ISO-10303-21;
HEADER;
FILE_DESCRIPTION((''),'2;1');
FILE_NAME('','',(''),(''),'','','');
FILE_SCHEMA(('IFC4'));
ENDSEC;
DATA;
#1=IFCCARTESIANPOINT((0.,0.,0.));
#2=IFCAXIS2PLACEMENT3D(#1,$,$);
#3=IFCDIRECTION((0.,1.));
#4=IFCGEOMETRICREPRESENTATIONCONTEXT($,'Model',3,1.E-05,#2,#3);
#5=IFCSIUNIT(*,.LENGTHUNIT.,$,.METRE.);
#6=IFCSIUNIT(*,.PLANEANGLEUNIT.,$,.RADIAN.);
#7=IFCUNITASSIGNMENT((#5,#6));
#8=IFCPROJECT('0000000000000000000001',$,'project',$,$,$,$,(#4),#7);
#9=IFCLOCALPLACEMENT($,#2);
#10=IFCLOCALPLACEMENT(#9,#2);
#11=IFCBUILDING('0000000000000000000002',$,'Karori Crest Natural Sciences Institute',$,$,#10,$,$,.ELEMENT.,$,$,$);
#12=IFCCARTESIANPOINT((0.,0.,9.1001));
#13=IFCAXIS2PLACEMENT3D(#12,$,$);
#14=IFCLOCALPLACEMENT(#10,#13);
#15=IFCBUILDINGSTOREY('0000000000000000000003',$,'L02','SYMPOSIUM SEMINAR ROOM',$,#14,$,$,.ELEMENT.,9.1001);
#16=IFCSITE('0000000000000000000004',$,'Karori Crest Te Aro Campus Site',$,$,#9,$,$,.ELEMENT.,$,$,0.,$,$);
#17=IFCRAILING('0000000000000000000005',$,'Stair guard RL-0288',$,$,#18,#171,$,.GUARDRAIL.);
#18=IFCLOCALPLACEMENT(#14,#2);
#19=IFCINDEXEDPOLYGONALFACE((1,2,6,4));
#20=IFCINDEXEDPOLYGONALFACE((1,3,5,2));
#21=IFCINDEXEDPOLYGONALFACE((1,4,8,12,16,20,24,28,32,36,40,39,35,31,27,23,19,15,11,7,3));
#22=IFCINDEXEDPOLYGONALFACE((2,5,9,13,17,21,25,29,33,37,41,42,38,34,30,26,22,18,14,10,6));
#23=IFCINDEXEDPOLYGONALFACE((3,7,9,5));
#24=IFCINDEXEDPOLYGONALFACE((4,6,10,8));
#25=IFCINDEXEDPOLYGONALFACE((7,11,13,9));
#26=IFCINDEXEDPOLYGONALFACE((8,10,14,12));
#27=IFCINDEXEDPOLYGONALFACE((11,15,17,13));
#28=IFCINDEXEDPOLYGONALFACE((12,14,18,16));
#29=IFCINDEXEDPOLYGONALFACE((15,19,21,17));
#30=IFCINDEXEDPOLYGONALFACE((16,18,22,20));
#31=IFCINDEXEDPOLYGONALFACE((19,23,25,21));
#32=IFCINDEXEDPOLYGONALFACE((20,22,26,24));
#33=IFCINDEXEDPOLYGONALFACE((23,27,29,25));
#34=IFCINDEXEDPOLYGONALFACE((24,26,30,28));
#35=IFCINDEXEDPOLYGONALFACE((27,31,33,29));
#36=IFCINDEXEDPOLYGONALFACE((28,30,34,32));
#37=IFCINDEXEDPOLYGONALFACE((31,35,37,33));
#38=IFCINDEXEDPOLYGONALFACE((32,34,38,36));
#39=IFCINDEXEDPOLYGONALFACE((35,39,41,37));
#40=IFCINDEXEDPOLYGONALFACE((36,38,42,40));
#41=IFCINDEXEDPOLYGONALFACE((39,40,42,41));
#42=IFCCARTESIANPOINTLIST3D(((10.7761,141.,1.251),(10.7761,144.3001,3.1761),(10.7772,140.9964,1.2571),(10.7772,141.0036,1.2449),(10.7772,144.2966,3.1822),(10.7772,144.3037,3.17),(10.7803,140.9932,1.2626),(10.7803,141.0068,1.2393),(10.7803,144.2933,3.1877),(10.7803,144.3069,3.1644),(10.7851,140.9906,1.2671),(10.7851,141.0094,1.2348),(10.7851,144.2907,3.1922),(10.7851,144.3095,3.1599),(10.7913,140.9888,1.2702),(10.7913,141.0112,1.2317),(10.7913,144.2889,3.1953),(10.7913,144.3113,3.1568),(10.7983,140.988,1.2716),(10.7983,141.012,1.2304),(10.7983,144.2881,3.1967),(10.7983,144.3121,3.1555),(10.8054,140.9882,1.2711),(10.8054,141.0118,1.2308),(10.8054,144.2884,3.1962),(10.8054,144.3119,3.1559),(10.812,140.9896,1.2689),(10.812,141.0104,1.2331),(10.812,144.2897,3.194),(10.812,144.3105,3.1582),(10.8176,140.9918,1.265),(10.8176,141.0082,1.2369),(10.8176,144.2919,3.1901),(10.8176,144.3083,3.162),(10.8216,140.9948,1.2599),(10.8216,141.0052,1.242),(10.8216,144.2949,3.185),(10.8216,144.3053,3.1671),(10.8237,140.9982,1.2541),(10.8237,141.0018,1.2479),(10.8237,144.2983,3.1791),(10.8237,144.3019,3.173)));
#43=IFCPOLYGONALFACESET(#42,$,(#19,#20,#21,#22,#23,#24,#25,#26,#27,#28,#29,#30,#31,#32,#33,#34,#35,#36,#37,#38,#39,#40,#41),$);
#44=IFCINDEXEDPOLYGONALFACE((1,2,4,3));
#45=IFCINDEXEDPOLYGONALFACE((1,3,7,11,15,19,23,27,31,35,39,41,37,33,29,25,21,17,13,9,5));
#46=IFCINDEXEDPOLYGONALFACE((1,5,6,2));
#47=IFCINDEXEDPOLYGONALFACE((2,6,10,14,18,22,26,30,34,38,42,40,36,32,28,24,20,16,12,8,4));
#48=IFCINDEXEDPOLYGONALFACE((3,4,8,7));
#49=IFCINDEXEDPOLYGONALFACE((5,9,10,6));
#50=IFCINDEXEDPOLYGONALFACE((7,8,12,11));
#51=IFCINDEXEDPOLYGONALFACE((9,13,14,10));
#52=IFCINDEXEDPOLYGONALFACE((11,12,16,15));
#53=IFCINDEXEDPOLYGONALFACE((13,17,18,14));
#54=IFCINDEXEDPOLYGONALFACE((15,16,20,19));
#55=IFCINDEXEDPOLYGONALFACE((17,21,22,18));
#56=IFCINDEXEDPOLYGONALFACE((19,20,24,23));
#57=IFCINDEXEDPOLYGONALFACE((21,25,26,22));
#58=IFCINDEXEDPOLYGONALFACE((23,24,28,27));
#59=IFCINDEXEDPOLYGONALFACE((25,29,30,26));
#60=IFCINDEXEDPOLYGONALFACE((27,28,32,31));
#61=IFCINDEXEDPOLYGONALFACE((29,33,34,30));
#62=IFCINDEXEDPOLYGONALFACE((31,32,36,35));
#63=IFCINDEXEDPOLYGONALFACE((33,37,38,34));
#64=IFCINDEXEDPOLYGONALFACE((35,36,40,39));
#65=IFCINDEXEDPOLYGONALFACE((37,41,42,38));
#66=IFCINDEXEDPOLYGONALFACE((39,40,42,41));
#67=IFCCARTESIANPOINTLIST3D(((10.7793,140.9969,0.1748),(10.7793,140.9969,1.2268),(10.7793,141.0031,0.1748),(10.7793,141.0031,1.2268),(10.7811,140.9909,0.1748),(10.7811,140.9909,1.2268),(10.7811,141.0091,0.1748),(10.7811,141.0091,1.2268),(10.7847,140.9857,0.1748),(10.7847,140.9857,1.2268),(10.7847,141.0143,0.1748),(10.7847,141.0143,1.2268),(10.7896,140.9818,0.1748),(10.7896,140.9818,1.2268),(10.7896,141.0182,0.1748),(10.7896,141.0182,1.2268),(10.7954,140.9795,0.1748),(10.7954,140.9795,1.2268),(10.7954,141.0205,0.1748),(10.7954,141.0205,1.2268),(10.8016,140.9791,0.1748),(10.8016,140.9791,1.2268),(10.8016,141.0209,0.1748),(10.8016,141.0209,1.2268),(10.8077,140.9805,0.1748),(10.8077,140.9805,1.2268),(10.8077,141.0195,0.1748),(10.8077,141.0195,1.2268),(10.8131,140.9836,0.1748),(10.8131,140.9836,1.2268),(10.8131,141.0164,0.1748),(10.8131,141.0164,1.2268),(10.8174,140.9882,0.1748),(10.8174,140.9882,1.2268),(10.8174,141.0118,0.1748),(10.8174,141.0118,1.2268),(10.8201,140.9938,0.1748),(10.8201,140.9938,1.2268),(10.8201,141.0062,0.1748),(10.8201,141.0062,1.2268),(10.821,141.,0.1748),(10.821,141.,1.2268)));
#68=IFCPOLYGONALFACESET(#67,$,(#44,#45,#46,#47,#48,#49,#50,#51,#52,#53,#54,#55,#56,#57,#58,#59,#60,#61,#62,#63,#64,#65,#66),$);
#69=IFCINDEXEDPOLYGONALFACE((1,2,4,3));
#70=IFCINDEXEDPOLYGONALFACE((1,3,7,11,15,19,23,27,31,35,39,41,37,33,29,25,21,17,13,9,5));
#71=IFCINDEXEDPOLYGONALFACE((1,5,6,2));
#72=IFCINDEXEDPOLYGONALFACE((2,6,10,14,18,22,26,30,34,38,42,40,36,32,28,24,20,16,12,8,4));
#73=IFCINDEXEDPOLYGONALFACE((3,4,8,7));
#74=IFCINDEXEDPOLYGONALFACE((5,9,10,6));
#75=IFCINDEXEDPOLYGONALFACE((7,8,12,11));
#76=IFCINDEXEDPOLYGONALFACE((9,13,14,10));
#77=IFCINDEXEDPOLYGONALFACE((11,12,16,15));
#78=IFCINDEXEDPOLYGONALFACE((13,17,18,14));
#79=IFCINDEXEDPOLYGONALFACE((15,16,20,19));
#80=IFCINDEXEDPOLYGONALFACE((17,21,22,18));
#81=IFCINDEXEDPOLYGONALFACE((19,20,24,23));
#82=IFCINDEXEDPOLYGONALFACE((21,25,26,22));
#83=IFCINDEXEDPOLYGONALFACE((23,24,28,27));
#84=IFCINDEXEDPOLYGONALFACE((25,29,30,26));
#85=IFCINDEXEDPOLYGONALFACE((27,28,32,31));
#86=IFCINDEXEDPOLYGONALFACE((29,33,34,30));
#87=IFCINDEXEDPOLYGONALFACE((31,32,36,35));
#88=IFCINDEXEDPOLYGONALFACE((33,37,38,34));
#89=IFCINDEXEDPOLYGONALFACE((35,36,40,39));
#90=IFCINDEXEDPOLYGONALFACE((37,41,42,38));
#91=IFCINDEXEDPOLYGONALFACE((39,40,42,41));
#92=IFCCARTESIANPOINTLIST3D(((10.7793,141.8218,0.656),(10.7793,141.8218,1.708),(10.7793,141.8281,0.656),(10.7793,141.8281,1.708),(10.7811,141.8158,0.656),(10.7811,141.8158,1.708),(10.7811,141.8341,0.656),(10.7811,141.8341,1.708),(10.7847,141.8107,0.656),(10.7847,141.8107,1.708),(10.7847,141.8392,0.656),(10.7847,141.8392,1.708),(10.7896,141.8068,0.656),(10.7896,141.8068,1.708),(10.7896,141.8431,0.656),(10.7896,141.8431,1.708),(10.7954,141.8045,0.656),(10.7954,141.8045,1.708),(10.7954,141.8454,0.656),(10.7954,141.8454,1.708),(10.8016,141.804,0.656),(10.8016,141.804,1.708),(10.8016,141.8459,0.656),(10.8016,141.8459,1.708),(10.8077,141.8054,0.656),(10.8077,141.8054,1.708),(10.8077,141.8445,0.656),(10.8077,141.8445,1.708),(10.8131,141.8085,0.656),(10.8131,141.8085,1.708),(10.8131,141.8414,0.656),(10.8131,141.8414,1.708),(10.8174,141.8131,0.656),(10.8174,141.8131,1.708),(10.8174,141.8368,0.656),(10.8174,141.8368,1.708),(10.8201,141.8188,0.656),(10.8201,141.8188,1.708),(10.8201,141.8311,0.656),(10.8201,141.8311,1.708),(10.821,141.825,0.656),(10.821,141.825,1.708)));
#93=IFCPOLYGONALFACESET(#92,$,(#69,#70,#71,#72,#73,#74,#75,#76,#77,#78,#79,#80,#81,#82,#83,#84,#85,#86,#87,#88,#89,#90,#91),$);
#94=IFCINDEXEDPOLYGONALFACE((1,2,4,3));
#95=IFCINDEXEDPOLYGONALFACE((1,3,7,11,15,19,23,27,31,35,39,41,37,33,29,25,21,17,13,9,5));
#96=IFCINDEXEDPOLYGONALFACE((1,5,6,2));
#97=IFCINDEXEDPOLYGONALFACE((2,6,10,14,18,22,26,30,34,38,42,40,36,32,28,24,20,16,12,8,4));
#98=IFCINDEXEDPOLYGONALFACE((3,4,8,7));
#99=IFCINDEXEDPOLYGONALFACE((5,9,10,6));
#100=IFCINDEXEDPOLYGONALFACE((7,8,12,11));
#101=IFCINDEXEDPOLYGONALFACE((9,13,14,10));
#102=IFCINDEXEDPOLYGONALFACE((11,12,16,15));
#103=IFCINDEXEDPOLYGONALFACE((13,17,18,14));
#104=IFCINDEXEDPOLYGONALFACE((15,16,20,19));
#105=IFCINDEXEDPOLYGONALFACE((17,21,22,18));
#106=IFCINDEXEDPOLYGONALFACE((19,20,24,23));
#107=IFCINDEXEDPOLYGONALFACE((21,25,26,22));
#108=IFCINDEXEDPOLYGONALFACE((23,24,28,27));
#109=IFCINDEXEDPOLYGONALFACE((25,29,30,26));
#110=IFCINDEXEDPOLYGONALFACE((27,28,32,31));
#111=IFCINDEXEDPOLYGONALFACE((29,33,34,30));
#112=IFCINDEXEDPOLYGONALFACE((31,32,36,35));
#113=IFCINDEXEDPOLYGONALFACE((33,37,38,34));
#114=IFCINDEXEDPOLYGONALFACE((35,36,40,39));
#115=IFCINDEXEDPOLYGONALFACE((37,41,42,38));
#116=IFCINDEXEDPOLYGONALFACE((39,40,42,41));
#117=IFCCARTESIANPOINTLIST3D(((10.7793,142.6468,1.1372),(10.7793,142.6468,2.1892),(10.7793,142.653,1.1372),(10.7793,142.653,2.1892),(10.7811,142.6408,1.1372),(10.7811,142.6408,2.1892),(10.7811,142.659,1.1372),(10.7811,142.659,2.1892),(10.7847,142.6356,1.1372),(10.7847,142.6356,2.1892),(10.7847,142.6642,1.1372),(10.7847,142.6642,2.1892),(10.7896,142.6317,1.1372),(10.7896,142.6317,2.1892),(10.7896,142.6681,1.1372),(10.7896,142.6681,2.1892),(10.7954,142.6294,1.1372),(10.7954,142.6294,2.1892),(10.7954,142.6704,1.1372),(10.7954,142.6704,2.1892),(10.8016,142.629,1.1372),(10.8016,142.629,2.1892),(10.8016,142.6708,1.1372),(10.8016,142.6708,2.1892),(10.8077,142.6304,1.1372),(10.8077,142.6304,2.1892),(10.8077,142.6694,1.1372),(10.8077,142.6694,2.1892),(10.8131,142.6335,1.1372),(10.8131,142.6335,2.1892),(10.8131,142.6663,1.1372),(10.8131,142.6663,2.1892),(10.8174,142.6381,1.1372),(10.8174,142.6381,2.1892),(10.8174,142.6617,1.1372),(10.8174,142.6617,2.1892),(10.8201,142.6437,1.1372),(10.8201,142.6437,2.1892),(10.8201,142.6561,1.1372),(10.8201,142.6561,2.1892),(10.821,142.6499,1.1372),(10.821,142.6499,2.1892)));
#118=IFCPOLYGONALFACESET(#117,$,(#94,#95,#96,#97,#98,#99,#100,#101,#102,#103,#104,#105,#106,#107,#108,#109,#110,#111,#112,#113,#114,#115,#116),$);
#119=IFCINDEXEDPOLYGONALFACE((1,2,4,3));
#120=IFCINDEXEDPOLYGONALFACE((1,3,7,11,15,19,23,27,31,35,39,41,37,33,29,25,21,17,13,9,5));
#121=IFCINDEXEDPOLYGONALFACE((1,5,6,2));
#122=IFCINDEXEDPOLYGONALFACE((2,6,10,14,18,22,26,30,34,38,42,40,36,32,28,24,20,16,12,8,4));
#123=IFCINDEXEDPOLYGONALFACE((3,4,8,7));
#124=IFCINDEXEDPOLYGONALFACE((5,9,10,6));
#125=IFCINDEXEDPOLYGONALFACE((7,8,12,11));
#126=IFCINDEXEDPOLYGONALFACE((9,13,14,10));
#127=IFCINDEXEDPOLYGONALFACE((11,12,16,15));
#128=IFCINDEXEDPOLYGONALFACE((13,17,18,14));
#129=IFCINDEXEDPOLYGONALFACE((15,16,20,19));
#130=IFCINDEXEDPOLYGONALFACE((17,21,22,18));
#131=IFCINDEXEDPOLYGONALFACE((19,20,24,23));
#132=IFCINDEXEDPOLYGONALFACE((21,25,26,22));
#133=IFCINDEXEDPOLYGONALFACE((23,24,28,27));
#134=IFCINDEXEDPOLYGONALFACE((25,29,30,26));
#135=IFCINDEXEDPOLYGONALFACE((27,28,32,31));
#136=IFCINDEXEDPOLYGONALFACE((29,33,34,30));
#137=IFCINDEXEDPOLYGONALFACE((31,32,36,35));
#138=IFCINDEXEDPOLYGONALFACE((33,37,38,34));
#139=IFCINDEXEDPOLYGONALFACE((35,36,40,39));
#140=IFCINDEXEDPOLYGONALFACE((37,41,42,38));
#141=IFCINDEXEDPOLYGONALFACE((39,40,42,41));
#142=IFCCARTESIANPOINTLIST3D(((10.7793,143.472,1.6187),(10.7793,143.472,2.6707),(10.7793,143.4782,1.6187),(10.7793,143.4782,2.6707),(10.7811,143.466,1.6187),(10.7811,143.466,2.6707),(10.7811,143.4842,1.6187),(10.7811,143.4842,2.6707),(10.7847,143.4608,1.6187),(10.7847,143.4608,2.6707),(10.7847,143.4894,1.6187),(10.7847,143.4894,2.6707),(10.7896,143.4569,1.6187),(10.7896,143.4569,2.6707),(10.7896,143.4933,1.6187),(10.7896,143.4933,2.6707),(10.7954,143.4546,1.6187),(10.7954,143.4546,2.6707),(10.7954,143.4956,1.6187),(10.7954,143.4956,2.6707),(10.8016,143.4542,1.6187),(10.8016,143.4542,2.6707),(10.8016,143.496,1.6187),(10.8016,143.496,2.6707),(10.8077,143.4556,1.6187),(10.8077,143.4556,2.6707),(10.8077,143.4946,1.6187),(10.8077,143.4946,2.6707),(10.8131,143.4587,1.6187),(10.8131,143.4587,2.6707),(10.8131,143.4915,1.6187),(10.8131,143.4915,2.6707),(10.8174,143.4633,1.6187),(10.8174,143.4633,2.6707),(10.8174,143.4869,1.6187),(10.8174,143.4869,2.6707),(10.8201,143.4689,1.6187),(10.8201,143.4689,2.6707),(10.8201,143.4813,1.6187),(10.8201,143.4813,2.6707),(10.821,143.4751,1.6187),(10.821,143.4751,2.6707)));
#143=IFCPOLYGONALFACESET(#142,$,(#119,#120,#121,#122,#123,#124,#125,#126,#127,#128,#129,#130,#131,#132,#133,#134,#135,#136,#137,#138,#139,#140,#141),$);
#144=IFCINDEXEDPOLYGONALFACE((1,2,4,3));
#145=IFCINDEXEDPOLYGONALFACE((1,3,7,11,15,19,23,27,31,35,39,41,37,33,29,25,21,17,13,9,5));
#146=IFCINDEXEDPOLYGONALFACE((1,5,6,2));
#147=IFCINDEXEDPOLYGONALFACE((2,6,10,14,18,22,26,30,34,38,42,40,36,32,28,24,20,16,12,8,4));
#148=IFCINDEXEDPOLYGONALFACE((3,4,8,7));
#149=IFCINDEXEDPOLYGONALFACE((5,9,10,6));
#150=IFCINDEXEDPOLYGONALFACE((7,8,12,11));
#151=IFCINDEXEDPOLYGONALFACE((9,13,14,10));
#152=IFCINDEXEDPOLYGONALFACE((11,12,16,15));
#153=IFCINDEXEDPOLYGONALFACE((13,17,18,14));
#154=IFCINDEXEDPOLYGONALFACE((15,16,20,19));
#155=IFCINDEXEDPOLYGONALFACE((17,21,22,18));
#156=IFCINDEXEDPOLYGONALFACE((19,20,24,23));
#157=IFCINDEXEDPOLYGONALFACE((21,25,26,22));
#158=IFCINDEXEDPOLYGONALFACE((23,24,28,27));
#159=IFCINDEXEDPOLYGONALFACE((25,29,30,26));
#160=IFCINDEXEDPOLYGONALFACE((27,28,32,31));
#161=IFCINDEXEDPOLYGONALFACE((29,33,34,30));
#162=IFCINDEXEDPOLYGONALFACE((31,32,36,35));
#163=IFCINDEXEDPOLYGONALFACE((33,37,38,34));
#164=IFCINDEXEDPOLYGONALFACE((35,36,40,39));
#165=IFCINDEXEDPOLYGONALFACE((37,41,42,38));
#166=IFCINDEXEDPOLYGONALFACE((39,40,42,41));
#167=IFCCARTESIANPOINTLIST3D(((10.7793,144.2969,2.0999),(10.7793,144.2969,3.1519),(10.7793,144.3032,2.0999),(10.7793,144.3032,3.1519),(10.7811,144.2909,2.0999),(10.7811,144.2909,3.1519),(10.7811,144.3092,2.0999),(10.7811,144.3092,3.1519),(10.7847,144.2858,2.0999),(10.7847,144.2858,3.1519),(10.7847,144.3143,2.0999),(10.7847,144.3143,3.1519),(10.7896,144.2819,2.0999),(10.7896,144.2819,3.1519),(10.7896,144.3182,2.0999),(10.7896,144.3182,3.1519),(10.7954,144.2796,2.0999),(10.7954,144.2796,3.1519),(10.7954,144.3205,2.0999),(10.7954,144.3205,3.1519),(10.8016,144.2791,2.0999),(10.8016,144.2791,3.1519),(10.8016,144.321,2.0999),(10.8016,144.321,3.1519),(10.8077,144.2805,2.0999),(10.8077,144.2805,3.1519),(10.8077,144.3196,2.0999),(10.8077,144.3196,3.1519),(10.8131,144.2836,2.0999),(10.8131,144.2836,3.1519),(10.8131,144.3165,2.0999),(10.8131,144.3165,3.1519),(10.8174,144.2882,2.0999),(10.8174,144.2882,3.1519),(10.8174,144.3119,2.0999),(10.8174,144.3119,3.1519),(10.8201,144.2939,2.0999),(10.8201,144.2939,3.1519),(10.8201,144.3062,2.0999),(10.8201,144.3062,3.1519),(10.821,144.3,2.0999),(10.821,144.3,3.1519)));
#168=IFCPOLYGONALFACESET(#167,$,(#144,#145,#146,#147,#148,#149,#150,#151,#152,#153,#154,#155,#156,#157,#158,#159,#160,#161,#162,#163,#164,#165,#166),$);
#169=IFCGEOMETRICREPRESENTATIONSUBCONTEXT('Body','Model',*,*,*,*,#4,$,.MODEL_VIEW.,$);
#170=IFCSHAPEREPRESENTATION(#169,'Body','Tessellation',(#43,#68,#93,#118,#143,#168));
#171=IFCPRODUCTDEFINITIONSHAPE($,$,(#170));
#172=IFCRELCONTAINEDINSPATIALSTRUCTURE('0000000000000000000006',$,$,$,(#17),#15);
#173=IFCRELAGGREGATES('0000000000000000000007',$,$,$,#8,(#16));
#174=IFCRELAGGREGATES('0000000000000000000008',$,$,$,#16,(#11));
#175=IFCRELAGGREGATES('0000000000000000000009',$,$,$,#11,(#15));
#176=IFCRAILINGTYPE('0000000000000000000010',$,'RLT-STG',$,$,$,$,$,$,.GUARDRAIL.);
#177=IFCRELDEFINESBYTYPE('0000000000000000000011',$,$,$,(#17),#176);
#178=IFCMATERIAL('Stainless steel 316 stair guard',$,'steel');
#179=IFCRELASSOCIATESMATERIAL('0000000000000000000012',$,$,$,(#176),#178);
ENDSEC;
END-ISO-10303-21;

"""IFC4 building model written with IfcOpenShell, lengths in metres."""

from ifc_helpers import new_model, si_unit, direction, frame, origin, origin_2d, place, context, subcontext, project, spatial, circle, extrude, material, type_object, element, save


model = new_model("IFC4")

# Units and contexts
model_context = context("Model", 3, precision=1e-05, world=origin(), true_north=direction((0.0, 1.0)))
body_context = subcontext(model_context, "Body", "Model", "MODEL_VIEW")
ifc_project = project(units=[si_unit("LENGTHUNIT", "METRE"), si_unit("PLANEANGLEUNIT", "RADIAN")], contexts=[model_context])

# Site, building, storey
site_placement = place(None, origin())
site = spatial("IfcSite", under=ifc_project, at=site_placement, Name="Karori Crest Te Aro Campus Site", CompositionType="ELEMENT", RefElevation=0.0)
building_placement = place(site_placement, origin())
building = spatial("IfcBuilding", under=site, at=building_placement, Name="Karori Crest Natural Sciences Institute", CompositionType="ELEMENT")
storey_placement = place(building_placement, frame((0.0, 0.0, 9.1001)))
storey = spatial("IfcBuildingStorey", under=building, at=storey_placement, Name="L02", Description="SYMPOSIUM SEMINAR ROOM", CompositionType="ELEMENT", Elevation=9.1001)

# Railing
ifc_material_1 = material(Name="Stainless steel 316 stair guard", Category="steel")
railing_type_1 = type_object("IfcRailingType", Name="RLT-STG", PredefinedType="GUARDRAIL", material=ifc_material_1)
railing_1_placement = place(storey_placement, frame((10.8, 141.0, 0.1748)))
element("IfcRailing", 1, at=railing_1_placement, inside=storey, type_object=railing_type_1, Name="Stair guard RL-0288", PredefinedType="GUARDRAIL", context=body_context, shape_type="SweptSolid", body=[
    extrude(circle(Radius=0.0239, at=origin_2d()), frame((0.0, 0.0, 1.0762), z_axis=(0.0, 0.863777, 0.503875), x_axis=(-1.0, 0.0, 0.0)), (0.0, 0.0, 1.0), 3.8206),
    extrude(circle(Radius=0.021, at=origin_2d()), origin(), (0.0, 0.0, 1.0), 1.052),
    extrude(circle(Radius=0.021, at=origin_2d()), frame((0.0, 0.825, 0.4812)), (0.0, 0.0, 1.0), 1.052),
    extrude(circle(Radius=0.021, at=origin_2d()), frame((0.0, 1.6499, 0.9624)), (0.0, 0.0, 1.0), 1.052),
    extrude(circle(Radius=0.021, at=origin_2d()), frame((0.0, 2.4751, 1.4438)), (0.0, 0.0, 1.0), 1.052),
    extrude(circle(Radius=0.021, at=origin_2d()), frame((0.0, 3.3, 1.925)), (0.0, 0.0, 1.0), 1.052),
])

save(model, "model.ifc")
